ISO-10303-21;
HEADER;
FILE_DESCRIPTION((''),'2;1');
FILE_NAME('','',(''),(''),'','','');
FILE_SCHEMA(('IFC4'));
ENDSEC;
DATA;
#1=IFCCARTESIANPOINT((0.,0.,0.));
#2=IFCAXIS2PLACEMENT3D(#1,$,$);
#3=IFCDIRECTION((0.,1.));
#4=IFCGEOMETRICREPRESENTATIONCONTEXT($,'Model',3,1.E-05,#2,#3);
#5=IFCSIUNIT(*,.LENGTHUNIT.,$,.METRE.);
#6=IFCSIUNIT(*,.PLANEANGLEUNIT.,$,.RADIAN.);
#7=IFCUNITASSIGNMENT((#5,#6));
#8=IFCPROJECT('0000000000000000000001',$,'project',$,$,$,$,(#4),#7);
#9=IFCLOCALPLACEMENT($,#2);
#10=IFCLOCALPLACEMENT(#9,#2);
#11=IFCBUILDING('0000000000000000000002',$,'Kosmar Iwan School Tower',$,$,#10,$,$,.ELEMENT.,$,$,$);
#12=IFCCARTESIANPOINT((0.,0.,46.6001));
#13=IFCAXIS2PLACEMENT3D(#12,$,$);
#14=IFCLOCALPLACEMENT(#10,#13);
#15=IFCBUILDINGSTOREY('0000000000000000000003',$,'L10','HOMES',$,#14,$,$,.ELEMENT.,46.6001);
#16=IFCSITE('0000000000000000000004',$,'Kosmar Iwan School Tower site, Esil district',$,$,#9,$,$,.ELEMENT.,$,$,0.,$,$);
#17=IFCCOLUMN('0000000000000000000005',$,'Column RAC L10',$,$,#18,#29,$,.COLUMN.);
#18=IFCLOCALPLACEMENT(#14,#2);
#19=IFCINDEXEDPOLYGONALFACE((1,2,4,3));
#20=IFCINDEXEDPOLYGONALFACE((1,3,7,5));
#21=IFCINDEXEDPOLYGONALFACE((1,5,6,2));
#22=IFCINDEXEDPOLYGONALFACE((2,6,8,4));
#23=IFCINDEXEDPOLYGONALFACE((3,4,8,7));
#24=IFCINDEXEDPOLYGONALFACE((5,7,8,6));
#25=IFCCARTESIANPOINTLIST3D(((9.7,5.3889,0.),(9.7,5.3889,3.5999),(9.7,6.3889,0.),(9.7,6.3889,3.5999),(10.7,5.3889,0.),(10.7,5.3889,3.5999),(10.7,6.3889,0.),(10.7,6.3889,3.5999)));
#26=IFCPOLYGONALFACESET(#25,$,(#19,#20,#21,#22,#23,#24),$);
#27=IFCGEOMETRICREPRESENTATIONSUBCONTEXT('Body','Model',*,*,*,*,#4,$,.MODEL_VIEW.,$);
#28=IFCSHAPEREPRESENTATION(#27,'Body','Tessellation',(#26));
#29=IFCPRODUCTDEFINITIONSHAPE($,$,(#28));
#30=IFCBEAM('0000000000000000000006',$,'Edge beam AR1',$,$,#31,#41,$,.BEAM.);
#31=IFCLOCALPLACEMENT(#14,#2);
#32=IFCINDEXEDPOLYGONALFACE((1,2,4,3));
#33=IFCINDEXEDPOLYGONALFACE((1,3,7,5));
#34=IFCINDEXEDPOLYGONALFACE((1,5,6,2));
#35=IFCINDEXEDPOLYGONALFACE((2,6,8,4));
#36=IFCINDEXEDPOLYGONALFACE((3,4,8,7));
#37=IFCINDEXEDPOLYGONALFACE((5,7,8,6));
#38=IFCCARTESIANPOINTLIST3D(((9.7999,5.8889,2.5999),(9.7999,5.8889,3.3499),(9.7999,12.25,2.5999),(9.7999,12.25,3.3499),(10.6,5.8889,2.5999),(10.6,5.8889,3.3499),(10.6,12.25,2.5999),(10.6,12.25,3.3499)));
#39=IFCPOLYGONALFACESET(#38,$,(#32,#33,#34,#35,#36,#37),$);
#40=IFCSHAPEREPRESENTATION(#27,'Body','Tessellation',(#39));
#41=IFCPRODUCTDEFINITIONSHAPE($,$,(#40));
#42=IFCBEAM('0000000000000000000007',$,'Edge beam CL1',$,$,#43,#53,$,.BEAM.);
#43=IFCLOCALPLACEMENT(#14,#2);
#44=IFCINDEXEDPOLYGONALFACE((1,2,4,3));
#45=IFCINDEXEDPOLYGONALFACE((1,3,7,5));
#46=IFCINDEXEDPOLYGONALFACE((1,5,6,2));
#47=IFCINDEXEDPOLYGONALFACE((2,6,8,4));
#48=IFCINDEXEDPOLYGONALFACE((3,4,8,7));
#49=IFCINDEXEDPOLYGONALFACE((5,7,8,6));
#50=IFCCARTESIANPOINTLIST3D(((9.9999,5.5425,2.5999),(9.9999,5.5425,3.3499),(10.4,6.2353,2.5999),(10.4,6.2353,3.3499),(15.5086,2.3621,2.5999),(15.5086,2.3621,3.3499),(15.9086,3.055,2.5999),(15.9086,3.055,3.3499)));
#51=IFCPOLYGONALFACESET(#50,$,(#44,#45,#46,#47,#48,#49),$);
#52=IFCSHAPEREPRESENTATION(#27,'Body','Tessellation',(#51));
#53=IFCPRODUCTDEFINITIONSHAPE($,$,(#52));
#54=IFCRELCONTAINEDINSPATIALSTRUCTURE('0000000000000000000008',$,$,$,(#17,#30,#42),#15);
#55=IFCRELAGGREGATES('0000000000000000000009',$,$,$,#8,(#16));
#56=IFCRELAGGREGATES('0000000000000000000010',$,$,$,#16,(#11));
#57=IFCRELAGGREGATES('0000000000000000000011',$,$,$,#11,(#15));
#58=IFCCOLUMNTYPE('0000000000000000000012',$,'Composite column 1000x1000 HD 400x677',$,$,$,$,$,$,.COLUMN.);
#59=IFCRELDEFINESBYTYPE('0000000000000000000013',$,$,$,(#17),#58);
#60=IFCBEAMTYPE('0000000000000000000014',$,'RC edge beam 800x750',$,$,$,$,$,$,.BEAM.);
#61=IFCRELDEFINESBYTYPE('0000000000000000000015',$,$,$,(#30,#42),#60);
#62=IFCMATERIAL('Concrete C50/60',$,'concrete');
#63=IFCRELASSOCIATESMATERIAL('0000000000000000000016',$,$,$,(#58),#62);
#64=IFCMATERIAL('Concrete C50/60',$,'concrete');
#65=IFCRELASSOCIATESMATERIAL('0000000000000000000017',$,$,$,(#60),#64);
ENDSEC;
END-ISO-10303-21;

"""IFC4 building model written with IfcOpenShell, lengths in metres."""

from ifc_helpers import new_model, si_unit, direction, frame, origin, origin_2d, place, context, subcontext, project, spatial, rectangle, extrude, material, material_profile, profile_set, type_object, element, save


model = new_model("IFC4")

# Units and contexts
model_context = context("Model", 3, precision=1e-05, world=origin(), true_north=direction((0.0, 1.0)))
body_context = subcontext(model_context, "Body", "Model", "MODEL_VIEW")
ifc_project = project(units=[si_unit("LENGTHUNIT", "METRE"), si_unit("PLANEANGLEUNIT", "RADIAN")], contexts=[model_context])

# Site, building, storey
site_placement = place(None, origin())
site = spatial("IfcSite", under=ifc_project, at=site_placement, Name="Kosmar Iwan School Tower site, Esil district", CompositionType="ELEMENT", RefElevation=0.0)
building_placement = place(site_placement, origin())
building = spatial("IfcBuilding", under=site, at=building_placement, Name="Kosmar Iwan School Tower", CompositionType="ELEMENT")
storey_placement = place(building_placement, frame((0.0, 0.0, 46.6001)))
storey = spatial("IfcBuildingStorey", under=building, at=storey_placement, Name="L10", Description="HOMES", CompositionType="ELEMENT", Elevation=46.6001)

# Column
ifc_material_1 = material(Name="Concrete C50/60", Category="concrete")
ifc_material_profile_1 = material_profile(ifc_material_1, rectangle(XDim=1.0, YDim=1.0, at=origin_2d()), Name="RC 1000x1000 + HD 400x677")
ifc_profile_set_1 = profile_set([ifc_material_profile_1], Name="Concrete C50/60")
column_type = type_object("IfcColumnType", Name="Composite column 1000x1000 HD 400x677", PredefinedType="COLUMN", material=ifc_profile_set_1)
column_placement = place(storey_placement, frame((10.2, 5.8889, 0.0), z_axis=(0.0, 0.0, 1.0), x_axis=(1.0, 0.0, 0.0)))
element("IfcColumn", 1, at=column_placement, inside=storey, type_object=column_type, Name="Column RAC L10", PredefinedType="COLUMN", context=body_context, shape_type="SweptSolid", body=[
    extrude(rectangle(XDim=1.0, YDim=1.0, at=origin_2d()), origin(), (0.0, 0.0, 1.0), 3.5999),
])

# Beams
ifc_material_2 = material(Name="Concrete C50/60", Category="concrete")
ifc_material_profile_2 = material_profile(ifc_material_2, rectangle(XDim=0.8, YDim=0.75, at=origin_2d()), Name="RC 800x750")
ifc_profile_set_2 = profile_set([ifc_material_profile_2], Name="Concrete C50/60")
beam_type = type_object("IfcBeamType", Name="RC edge beam 800x750", PredefinedType="BEAM", material=ifc_profile_set_2)
beam_1_placement = place(storey_placement, frame((10.2, 5.8889, 2.9749), z_axis=(0.0, 1.0, 0.0), x_axis=(-1.0, 0.0, 0.0)))
element("IfcBeam", 2, at=beam_1_placement, inside=storey, type_object=beam_type, Name="Edge beam AR1", PredefinedType="BEAM", context=body_context, shape_type="SweptSolid", body=[
    extrude(rectangle(XDim=0.8, YDim=0.75, at=origin_2d()), origin(), (0.0, 0.0, 1.0), 6.3611),
])
beam_2_placement = place(storey_placement, frame((10.2, 5.8889, 2.9749), z_axis=(0.866031, -0.49999, 0.0), x_axis=(0.49999, 0.866031, 0.0)))
element("IfcBeam", 3, at=beam_2_placement, inside=storey, type_object=beam_type, Name="Edge beam CL1", PredefinedType="BEAM", context=body_context, shape_type="SweptSolid", body=[
    extrude(rectangle(XDim=0.8, YDim=0.75, at=origin_2d()), origin(), (0.0, 0.0, 1.0), 6.3608),
])

save(model, "model.ifc")
